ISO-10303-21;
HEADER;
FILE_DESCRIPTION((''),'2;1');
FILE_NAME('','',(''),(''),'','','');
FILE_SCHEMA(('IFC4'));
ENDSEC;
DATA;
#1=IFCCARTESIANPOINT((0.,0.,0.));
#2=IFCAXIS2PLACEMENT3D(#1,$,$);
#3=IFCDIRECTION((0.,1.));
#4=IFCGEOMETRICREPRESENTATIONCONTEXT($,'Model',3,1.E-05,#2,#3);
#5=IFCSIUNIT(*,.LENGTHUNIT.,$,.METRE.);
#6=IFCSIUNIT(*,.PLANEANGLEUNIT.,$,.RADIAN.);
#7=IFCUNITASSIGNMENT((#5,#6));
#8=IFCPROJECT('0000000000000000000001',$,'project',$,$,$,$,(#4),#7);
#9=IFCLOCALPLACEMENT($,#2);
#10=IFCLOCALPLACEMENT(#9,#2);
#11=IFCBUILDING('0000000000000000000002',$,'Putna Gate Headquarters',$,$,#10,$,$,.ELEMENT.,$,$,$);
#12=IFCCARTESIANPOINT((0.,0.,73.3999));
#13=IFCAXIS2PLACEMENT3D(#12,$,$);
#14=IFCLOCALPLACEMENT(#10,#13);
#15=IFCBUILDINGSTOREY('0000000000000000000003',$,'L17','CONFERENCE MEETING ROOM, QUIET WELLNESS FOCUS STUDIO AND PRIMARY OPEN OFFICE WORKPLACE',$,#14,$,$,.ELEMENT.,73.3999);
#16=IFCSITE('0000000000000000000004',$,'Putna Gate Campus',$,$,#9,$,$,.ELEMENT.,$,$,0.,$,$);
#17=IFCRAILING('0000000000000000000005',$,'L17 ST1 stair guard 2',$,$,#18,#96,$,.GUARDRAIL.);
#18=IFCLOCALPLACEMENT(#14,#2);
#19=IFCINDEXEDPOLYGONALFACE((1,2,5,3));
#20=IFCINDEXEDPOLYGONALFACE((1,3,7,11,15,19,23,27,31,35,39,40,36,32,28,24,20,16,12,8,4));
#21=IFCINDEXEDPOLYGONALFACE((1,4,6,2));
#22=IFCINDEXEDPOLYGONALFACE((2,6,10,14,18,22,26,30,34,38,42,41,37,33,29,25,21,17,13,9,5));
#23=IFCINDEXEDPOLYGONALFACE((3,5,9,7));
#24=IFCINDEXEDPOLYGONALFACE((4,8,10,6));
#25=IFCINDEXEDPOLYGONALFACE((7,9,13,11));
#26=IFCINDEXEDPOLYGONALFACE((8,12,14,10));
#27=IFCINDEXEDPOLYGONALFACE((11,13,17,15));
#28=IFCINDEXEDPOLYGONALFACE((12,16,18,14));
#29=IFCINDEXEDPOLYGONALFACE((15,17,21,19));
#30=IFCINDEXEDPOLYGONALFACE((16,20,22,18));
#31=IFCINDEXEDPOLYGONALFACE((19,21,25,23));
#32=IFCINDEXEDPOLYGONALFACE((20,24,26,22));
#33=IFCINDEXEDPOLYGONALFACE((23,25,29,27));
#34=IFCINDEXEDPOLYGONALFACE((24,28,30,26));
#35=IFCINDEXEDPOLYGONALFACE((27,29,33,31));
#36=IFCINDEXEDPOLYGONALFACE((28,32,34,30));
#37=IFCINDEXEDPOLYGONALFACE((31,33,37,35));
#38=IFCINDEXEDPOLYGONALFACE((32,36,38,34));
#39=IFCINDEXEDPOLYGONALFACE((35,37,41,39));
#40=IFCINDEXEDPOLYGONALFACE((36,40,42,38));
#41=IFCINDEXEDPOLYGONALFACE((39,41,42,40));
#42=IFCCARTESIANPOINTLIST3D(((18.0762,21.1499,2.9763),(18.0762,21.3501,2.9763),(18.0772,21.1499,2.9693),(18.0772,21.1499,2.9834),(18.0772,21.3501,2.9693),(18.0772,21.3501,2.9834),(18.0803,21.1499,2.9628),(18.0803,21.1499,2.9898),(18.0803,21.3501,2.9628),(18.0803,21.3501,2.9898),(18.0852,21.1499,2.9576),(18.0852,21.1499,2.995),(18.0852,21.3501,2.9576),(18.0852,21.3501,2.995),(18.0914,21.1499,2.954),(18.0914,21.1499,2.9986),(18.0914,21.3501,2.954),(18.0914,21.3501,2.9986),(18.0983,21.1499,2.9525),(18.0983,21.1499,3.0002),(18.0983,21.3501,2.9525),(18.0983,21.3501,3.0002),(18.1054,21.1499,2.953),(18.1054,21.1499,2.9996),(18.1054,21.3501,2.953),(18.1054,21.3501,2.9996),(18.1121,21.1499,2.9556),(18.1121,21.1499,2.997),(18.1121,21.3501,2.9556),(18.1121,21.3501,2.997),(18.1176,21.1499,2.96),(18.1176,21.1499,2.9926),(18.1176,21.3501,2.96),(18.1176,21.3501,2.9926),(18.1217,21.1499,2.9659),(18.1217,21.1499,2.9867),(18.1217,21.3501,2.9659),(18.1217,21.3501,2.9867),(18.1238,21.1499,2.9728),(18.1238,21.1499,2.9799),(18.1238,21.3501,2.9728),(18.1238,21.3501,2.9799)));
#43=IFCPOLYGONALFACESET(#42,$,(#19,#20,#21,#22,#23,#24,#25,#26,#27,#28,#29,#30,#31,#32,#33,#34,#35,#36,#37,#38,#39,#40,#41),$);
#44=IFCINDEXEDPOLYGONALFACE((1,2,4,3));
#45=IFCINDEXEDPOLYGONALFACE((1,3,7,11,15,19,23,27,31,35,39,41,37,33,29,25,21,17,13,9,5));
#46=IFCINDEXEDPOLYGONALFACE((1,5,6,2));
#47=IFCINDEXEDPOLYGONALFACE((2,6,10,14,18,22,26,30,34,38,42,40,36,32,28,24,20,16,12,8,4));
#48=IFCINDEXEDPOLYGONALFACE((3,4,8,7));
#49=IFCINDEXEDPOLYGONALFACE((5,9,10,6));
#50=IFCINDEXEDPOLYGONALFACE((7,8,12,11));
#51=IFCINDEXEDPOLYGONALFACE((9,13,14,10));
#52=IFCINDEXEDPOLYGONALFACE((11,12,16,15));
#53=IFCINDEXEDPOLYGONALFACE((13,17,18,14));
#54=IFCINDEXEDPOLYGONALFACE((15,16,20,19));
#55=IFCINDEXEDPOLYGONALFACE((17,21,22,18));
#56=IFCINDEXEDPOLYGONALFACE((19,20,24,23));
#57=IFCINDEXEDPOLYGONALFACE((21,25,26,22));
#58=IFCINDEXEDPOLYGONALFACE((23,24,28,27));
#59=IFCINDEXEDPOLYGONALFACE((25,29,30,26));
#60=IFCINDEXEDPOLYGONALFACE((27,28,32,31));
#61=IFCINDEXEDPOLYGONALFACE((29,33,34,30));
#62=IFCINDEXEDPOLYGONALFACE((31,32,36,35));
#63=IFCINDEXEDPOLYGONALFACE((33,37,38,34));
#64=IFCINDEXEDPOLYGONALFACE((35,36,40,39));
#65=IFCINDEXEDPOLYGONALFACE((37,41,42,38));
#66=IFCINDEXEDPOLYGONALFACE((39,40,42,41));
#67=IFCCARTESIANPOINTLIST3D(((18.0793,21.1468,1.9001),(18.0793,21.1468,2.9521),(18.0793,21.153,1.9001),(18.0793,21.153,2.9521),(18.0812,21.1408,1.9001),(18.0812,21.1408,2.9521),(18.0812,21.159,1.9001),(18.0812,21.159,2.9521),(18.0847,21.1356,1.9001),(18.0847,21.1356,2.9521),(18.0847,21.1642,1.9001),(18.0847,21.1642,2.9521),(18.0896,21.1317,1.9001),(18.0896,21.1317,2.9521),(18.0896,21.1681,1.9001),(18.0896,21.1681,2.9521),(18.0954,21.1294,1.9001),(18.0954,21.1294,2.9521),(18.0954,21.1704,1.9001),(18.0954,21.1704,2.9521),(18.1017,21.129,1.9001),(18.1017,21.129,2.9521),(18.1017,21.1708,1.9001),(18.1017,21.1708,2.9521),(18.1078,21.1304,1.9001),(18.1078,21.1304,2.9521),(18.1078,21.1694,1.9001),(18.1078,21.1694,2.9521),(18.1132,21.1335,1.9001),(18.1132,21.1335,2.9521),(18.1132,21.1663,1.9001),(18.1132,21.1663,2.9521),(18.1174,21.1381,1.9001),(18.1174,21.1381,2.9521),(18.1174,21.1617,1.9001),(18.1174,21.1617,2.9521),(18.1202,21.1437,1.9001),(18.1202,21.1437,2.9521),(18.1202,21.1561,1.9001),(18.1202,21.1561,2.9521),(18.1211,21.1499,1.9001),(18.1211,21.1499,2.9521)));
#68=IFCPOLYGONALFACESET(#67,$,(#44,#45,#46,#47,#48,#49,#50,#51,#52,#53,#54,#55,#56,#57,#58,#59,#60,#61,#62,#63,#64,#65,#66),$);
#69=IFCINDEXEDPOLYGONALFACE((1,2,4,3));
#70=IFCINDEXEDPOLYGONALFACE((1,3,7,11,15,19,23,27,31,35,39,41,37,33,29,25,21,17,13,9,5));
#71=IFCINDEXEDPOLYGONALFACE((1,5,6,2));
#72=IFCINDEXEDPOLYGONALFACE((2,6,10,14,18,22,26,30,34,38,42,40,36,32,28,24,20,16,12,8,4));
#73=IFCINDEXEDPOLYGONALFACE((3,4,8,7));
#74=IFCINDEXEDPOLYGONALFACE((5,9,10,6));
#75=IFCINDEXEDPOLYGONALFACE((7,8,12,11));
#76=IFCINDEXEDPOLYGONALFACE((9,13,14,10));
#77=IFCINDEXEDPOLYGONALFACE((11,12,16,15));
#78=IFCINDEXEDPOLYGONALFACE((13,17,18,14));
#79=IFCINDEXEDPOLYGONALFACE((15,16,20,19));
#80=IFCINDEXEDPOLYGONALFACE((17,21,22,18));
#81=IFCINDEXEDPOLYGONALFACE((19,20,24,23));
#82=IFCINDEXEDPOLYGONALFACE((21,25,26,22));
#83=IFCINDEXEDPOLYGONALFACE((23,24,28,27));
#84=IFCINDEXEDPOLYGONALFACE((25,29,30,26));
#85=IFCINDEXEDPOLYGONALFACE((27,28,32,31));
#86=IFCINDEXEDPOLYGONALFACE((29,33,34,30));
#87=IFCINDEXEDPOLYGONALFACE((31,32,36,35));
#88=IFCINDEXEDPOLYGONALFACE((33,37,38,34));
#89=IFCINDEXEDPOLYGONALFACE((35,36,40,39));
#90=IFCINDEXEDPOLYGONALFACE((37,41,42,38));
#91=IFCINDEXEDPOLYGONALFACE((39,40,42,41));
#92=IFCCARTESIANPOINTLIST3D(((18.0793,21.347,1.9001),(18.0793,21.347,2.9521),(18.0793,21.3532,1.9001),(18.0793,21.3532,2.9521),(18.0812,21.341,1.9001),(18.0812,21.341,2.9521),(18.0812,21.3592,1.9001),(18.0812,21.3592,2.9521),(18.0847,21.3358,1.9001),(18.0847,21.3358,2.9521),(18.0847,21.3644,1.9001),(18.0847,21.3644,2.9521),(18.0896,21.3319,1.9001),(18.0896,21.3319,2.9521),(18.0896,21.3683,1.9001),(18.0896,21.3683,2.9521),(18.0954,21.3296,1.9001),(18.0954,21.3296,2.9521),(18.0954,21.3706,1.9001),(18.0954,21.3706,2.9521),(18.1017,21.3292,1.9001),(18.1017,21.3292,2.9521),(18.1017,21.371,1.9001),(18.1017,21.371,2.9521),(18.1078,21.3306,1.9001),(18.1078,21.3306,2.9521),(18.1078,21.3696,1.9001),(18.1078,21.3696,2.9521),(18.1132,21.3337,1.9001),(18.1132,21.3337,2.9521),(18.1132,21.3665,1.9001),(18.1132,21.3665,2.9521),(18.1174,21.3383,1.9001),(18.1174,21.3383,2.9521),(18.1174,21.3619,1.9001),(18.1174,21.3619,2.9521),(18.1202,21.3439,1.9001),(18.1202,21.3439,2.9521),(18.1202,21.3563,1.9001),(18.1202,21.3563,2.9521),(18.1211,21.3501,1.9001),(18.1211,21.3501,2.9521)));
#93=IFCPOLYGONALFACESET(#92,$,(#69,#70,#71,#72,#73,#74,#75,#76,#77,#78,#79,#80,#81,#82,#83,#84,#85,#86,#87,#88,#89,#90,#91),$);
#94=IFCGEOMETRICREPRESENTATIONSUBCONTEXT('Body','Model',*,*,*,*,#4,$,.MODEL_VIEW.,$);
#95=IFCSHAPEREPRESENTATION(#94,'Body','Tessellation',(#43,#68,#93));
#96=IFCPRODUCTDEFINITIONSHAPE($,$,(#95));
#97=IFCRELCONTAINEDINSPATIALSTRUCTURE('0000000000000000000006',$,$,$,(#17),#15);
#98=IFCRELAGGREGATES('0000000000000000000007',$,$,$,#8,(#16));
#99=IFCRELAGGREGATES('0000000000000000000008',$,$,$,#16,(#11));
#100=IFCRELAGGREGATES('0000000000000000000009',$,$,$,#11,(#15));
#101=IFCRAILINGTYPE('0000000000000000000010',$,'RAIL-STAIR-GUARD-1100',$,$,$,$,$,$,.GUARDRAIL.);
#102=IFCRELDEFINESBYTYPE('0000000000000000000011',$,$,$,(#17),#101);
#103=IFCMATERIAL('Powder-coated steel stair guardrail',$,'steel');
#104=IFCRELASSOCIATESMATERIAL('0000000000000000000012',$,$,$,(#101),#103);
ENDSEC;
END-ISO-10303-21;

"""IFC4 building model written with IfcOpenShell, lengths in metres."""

from ifc_helpers import new_model, si_unit, direction, frame, origin, origin_2d, place, context, subcontext, project, spatial, circle, extrude, material, type_object, element, save


model = new_model("IFC4")

# Units and contexts
model_context = context("Model", 3, precision=1e-05, world=origin(), true_north=direction((0.0, 1.0)))
body_context = subcontext(model_context, "Body", "Model", "MODEL_VIEW")
ifc_project = project(units=[si_unit("LENGTHUNIT", "METRE"), si_unit("PLANEANGLEUNIT", "RADIAN")], contexts=[model_context])

# Site, building, storey
site_placement = place(None, origin())
site = spatial("IfcSite", under=ifc_project, at=site_placement, Name="Putna Gate Campus", CompositionType="ELEMENT", RefElevation=0.0)
building_placement = place(site_placement, origin())
building = spatial("IfcBuilding", under=site, at=building_placement, Name="Putna Gate Headquarters", CompositionType="ELEMENT")
storey_placement = place(building_placement, frame((0.0, 0.0, 73.3999)))
storey = spatial("IfcBuildingStorey", under=building, at=storey_placement, Name="L17", Description="CONFERENCE MEETING ROOM, QUIET WELLNESS FOCUS STUDIO AND PRIMARY OPEN OFFICE WORKPLACE", CompositionType="ELEMENT", Elevation=73.3999)

# Railing
ifc_material_1 = material(Name="Powder-coated steel stair guardrail", Category="steel")
railing_type_1 = type_object("IfcRailingType", Name="RAIL-STAIR-GUARD-1100", PredefinedType="GUARDRAIL", material=ifc_material_1)
railing_1_placement = place(storey_placement, frame((18.1001, 21.1499, 1.9001)))
element("IfcRailing", 1, at=railing_1_placement, inside=storey, type_object=railing_type_1, Name="L17 ST1 stair guard 2", PredefinedType="GUARDRAIL", context=body_context, shape_type="SweptSolid", body=[
    extrude(circle(Radius=0.0239, at=origin_2d()), frame((0.0, 0.0, 1.0762), z_axis=(0.0, 1.0, 0.0), x_axis=(-1.0, 0.0, 0.0)), (0.0, 0.0, 1.0), 0.2002),
    extrude(circle(Radius=0.021, at=origin_2d()), origin(), (0.0, 0.0, 1.0), 1.052),
    extrude(circle(Radius=0.021, at=origin_2d()), frame((0.0, 0.2002, 0.0)), (0.0, 0.0, 1.0), 1.052),
])

save(model, "model.ifc")
